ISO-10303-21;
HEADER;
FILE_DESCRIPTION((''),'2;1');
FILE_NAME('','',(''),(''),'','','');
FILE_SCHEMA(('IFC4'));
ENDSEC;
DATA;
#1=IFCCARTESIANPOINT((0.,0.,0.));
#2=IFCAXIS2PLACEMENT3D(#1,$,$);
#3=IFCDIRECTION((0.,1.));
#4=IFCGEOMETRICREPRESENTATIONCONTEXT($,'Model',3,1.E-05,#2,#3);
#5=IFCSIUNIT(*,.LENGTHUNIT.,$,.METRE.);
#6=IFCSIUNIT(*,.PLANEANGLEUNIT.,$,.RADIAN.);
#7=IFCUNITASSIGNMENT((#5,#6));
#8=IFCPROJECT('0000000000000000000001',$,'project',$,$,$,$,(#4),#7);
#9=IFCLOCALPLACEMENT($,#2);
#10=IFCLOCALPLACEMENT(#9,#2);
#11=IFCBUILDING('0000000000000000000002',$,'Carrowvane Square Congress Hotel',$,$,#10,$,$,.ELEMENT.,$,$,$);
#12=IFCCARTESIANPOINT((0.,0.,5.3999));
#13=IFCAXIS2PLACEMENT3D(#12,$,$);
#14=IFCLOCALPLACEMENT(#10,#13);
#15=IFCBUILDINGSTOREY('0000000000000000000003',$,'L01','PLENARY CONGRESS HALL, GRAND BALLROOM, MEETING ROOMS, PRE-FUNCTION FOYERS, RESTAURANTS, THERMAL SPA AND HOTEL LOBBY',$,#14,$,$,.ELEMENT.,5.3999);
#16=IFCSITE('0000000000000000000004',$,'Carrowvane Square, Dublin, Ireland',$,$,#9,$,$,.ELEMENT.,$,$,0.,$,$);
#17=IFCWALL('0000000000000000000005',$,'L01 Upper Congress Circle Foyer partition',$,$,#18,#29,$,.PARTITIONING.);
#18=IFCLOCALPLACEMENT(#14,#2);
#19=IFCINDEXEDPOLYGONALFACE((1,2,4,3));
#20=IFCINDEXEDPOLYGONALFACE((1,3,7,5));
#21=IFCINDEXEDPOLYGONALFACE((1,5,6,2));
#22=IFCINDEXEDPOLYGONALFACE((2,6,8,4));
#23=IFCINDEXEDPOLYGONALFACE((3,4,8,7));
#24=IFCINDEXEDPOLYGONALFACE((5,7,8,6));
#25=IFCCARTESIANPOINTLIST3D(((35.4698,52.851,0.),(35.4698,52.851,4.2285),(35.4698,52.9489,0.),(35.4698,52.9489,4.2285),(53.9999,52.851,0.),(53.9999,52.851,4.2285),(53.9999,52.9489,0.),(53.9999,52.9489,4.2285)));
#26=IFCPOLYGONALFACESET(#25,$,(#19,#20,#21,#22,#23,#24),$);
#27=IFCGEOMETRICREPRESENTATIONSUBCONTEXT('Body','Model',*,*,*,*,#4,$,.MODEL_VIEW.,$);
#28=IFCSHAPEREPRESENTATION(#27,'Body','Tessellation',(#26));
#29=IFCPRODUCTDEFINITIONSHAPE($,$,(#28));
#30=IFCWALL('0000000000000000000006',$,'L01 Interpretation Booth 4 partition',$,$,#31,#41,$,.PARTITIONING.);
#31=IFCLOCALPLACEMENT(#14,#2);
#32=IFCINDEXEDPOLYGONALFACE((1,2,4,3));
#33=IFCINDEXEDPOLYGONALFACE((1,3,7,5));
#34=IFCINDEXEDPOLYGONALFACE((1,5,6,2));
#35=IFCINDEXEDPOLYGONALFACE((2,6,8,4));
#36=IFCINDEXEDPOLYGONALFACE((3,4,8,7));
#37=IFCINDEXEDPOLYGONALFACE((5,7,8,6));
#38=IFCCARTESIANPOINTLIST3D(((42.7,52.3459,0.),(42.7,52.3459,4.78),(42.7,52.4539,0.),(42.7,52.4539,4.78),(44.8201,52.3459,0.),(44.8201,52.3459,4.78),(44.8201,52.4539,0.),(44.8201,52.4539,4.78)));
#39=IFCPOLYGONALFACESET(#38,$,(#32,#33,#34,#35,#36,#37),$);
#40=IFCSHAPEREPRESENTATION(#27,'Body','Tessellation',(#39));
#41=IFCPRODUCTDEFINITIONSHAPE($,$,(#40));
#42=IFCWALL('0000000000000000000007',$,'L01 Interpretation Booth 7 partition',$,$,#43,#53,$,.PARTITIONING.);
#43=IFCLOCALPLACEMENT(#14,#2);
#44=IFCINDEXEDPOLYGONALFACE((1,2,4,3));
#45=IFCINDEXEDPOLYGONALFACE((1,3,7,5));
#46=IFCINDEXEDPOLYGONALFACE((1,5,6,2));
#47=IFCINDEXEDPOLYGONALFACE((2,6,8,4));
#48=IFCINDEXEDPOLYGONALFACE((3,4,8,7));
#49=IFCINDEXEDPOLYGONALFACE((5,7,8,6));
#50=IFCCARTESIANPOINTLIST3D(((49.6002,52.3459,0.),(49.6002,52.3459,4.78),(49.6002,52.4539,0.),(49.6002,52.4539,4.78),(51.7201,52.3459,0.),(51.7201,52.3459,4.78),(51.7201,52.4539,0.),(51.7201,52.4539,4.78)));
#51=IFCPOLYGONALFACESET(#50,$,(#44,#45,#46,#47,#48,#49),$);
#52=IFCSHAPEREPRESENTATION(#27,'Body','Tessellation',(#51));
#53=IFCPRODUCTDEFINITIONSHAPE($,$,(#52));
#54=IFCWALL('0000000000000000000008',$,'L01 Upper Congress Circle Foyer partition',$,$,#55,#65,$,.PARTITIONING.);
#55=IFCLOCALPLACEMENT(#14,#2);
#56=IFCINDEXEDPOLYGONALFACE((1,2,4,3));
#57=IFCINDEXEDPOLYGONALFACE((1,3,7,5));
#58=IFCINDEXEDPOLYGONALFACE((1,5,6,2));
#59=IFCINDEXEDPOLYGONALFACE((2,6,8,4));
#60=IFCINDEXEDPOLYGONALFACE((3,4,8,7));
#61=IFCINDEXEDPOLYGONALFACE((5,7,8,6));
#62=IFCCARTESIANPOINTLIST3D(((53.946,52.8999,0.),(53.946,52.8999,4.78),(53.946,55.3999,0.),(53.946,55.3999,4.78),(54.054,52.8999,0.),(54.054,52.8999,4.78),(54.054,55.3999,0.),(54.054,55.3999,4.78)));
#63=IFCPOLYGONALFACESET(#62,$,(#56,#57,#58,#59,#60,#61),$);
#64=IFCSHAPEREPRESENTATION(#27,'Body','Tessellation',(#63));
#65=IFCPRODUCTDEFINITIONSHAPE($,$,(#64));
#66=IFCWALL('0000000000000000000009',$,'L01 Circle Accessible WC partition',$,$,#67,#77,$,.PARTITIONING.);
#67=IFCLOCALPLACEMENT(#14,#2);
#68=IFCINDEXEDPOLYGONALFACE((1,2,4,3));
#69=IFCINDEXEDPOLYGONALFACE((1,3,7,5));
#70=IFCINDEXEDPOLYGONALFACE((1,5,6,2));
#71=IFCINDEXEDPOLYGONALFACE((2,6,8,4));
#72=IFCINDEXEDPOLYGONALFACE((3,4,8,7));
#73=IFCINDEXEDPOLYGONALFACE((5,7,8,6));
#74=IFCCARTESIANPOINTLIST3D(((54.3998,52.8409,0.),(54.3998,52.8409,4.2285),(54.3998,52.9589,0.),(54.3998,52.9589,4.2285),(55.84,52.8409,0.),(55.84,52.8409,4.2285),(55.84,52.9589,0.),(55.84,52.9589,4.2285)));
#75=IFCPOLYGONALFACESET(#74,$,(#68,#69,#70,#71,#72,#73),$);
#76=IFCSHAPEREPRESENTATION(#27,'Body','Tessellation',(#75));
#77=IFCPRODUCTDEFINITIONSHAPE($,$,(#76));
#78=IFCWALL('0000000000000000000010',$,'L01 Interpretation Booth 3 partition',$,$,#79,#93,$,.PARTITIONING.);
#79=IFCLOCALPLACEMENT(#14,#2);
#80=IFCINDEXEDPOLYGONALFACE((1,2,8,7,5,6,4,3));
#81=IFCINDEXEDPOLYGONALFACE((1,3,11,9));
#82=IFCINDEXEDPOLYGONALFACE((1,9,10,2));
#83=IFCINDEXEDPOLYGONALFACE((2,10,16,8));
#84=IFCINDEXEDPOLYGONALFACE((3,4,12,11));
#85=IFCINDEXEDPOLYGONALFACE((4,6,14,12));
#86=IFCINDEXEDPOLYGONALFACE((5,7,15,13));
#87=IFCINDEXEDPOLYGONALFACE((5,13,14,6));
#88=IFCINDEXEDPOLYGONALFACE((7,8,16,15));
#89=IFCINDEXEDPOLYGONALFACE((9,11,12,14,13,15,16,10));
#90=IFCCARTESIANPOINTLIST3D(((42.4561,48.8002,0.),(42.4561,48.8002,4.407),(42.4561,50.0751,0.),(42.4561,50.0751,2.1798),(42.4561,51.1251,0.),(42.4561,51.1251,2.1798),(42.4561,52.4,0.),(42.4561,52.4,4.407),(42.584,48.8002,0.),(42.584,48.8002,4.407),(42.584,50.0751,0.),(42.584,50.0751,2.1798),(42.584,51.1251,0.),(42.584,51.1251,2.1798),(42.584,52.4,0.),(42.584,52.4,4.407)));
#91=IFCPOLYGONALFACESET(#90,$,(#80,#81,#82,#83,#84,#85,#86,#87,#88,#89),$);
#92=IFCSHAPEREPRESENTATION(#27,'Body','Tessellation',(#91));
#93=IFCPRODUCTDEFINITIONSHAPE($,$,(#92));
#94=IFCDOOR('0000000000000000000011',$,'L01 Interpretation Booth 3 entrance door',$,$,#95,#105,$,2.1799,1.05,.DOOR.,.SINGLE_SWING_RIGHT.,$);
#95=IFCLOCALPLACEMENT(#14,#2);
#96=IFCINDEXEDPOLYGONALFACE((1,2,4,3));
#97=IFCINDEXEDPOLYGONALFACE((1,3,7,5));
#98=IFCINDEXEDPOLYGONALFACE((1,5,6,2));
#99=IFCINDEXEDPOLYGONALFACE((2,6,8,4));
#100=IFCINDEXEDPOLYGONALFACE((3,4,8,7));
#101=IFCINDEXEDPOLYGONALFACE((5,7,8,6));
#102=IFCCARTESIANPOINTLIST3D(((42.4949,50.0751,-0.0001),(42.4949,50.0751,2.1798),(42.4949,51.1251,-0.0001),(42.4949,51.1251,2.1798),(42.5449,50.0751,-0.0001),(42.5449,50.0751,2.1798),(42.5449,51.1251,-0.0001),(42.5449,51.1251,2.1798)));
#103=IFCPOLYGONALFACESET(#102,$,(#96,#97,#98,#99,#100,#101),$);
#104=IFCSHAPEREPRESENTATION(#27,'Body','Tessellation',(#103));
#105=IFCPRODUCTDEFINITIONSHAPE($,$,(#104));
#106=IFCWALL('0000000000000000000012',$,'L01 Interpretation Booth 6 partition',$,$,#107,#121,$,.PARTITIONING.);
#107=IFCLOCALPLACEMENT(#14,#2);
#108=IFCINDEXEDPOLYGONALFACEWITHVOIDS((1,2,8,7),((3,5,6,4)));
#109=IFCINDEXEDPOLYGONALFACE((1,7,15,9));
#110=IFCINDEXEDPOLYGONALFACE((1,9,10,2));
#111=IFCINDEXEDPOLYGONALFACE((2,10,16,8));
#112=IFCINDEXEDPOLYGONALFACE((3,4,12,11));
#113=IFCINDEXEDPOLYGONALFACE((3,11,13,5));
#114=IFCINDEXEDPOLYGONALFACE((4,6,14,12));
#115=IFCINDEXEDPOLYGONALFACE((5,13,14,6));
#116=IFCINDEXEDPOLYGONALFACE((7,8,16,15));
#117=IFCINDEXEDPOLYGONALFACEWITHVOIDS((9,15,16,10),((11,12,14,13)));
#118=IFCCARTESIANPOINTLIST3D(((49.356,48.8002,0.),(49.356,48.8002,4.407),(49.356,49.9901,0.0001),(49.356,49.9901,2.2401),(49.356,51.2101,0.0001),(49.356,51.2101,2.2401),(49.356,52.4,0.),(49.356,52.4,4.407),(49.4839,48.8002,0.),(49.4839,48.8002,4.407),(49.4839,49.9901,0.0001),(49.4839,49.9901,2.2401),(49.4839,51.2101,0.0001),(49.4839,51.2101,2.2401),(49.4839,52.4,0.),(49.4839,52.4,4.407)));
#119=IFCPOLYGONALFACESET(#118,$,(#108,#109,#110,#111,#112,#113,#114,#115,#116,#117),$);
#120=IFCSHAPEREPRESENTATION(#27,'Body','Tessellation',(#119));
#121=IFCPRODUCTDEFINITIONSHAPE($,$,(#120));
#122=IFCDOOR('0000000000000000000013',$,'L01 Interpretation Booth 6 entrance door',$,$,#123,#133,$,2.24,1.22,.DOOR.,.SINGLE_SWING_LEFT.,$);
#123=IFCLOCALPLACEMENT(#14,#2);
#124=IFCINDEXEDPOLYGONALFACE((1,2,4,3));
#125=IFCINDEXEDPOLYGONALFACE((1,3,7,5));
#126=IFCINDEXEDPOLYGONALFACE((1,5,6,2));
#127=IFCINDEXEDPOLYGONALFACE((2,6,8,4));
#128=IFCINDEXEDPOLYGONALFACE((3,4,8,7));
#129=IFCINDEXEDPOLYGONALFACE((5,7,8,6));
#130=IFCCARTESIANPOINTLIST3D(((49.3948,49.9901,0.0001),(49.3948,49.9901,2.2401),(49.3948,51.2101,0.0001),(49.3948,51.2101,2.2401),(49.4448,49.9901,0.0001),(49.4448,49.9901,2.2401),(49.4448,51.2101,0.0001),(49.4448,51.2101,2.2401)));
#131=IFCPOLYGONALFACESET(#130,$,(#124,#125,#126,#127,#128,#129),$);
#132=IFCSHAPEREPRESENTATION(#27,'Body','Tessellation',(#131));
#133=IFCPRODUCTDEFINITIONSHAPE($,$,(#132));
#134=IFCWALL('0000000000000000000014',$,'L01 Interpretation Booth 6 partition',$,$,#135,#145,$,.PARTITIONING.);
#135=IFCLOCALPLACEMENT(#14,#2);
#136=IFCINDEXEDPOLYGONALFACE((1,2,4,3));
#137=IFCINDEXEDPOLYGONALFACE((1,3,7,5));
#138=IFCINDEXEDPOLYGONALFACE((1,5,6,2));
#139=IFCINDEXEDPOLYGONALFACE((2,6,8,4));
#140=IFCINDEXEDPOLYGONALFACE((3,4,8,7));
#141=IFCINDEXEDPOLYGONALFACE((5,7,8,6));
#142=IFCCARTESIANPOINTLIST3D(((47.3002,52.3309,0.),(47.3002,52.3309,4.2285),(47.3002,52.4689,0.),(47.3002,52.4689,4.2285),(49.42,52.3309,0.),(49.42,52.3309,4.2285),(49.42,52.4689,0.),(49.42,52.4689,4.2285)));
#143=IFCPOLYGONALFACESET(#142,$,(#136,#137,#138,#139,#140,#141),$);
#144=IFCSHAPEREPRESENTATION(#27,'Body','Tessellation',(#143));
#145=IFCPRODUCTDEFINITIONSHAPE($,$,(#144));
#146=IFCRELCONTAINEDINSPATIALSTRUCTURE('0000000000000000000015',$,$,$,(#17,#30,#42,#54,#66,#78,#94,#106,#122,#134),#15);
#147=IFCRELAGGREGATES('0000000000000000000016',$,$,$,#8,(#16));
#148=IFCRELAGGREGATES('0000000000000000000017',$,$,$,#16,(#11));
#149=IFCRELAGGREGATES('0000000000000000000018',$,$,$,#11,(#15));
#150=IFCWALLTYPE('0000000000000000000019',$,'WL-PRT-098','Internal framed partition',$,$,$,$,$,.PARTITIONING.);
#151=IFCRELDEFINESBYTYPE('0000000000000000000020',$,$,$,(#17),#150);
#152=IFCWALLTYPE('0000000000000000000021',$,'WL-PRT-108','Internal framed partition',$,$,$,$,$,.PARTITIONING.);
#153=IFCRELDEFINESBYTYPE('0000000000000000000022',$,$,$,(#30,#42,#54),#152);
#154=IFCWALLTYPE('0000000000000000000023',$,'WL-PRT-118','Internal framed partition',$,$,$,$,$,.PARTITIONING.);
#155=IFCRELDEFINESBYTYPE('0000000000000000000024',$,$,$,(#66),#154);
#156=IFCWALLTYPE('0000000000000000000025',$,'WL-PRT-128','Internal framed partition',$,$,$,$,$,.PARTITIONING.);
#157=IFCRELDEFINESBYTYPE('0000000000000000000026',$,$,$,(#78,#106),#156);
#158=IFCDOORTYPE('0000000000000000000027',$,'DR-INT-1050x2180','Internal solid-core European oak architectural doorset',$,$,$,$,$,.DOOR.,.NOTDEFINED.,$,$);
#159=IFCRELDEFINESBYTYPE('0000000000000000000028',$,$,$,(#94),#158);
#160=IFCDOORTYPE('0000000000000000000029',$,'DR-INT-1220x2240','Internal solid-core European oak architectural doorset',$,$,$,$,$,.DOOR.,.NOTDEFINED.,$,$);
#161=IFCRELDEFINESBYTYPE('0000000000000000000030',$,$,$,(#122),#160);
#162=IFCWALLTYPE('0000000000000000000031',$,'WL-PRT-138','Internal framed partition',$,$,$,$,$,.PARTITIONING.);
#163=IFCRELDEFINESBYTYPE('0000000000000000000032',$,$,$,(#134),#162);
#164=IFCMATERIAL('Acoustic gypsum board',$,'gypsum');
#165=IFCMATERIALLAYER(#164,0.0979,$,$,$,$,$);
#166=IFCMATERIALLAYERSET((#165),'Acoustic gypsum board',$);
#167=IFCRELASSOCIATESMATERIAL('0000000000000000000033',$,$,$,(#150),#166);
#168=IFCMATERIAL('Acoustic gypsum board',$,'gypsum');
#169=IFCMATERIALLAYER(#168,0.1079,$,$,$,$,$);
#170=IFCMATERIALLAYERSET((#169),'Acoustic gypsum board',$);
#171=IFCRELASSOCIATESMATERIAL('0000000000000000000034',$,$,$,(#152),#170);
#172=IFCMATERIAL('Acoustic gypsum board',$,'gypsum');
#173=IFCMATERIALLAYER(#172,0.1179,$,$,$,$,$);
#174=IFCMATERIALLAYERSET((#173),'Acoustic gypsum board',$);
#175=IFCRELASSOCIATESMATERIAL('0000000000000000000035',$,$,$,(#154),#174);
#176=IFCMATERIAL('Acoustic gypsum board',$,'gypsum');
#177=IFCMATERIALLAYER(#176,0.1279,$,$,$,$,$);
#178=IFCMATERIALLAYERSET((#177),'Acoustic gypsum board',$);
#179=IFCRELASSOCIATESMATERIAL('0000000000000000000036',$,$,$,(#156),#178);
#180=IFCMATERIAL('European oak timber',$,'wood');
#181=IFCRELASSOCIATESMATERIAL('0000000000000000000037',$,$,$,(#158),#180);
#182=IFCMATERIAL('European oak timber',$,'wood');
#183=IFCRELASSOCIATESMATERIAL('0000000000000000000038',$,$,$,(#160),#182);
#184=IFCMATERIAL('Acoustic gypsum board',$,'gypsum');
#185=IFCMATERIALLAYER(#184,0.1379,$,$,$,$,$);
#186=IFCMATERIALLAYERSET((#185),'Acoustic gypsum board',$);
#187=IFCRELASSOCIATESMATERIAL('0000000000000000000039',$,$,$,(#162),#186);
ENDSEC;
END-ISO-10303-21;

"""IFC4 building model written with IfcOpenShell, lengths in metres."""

from ifc_helpers import new_model, si_unit, direction, frame, frame_2d, origin, place, context, subcontext, project, spatial, rectangle, extrude, material, layer, layer_set, type_object, element, fill, save


model = new_model("IFC4")

# Units and contexts
model_context = context("Model", 3, precision=1e-05, world=origin(), true_north=direction((0.0, 1.0)))
body_context = subcontext(model_context, "Body", "Model", "MODEL_VIEW")
ifc_project = project(units=[si_unit("LENGTHUNIT", "METRE"), si_unit("PLANEANGLEUNIT", "RADIAN")], contexts=[model_context])

# Site, building, storey
site_placement = place(None, origin())
site = spatial("IfcSite", under=ifc_project, at=site_placement, Name="Carrowvane Square, Dublin, Ireland", CompositionType="ELEMENT", RefElevation=0.0)
building_placement = place(site_placement, origin())
building = spatial("IfcBuilding", under=site, at=building_placement, Name="Carrowvane Square Congress Hotel", CompositionType="ELEMENT")
storey_placement = place(building_placement, frame((0.0, 0.0, 5.3999)))
storey = spatial("IfcBuildingStorey", under=building, at=storey_placement, Name="L01", Description="PLENARY CONGRESS HALL, GRAND BALLROOM, MEETING ROOMS, PRE-FUNCTION FOYERS, RESTAURANTS, THERMAL SPA AND HOTEL LOBBY", CompositionType="ELEMENT", Elevation=5.3999)

# Shared definitions
ifc_material_1 = material(Name="Acoustic gypsum board", Category="gypsum")
ifc_layer_1 = layer(ifc_material_1, 0.0979)
ifc_layer_set_1 = layer_set([ifc_layer_1], Name="Acoustic gypsum board")
wall_type_1 = type_object("IfcWallType", Name="WL-PRT-098", Description="Internal framed partition", PredefinedType="PARTITIONING", material=ifc_layer_set_1)

# Walls
wall_1_placement = place(storey_placement, frame((54.0, 52.8999, 0.0), z_axis=(0.0, 0.0, 1.0), x_axis=(-1.0, 0.0, 0.0)))
element("IfcWall", 1, at=wall_1_placement, inside=storey, type_object=wall_type_1, Name="L01 Upper Congress Circle Foyer partition", PredefinedType="PARTITIONING", context=body_context, shape_type="SweptSolid", body=[
    extrude(rectangle(XDim=18.53, YDim=0.0979, at=frame_2d((9.2651, 0.0))), origin(), (0.0, 0.0, 1.0), 4.2285),
])
ifc_material_2 = material(Name="Acoustic gypsum board", Category="gypsum")
ifc_layer_2 = layer(ifc_material_2, 0.1079)
ifc_layer_set_2 = layer_set([ifc_layer_2], Name="Acoustic gypsum board")
wall_type_2 = type_object("IfcWallType", Name="WL-PRT-108", Description="Internal framed partition", PredefinedType="PARTITIONING", material=ifc_layer_set_2)
wall_2_placement = place(storey_placement, frame((42.7, 52.3999, 0.0), z_axis=(0.0, 0.0, 1.0), x_axis=(1.0, 0.0, 0.0)))
element("IfcWall", 2, at=wall_2_placement, inside=storey, type_object=wall_type_2, Name="L01 Interpretation Booth 4 partition", PredefinedType="PARTITIONING", context=body_context, shape_type="SweptSolid", body=[
    extrude(rectangle(XDim=2.1201, YDim=0.1079, at=frame_2d((1.0601, 0.0))), origin(), (0.0, 0.0, 1.0), 4.78),
])
wall_3_placement = place(storey_placement, frame((49.6001, 52.3999, 0.0), z_axis=(0.0, 0.0, 1.0), x_axis=(1.0, 0.0, 0.0)))
element("IfcWall", 3, at=wall_3_placement, inside=storey, type_object=wall_type_2, Name="L01 Interpretation Booth 7 partition", PredefinedType="PARTITIONING", context=body_context, shape_type="SweptSolid", body=[
    extrude(rectangle(XDim=2.1199, YDim=0.1079, at=frame_2d((1.0601, 0.0))), origin(), (0.0, 0.0, 1.0), 4.78),
])
wall_4_placement = place(storey_placement, frame((54.0, 55.3999, 0.0), z_axis=(0.0, 0.0, 1.0), x_axis=(0.0, -1.0, 0.0)))
element("IfcWall", 4, at=wall_4_placement, inside=storey, type_object=wall_type_2, Name="L01 Upper Congress Circle Foyer partition", PredefinedType="PARTITIONING", context=body_context, shape_type="SweptSolid", body=[
    extrude(rectangle(XDim=2.5, YDim=0.1079, at=frame_2d((1.25, 0.0))), origin(), (0.0, 0.0, 1.0), 4.78),
])
ifc_material_3 = material(Name="Acoustic gypsum board", Category="gypsum")
ifc_layer_3 = layer(ifc_material_3, 0.1179)
ifc_layer_set_3 = layer_set([ifc_layer_3], Name="Acoustic gypsum board")
wall_type_3 = type_object("IfcWallType", Name="WL-PRT-118", Description="Internal framed partition", PredefinedType="PARTITIONING", material=ifc_layer_set_3)
wall_5_placement = place(storey_placement, frame((55.8401, 52.8999, 0.0), z_axis=(0.0, 0.0, 1.0), x_axis=(-1.0, 0.0, 0.0)))
element("IfcWall", 5, at=wall_5_placement, inside=storey, type_object=wall_type_3, Name="L01 Circle Accessible WC partition", PredefinedType="PARTITIONING", context=body_context, shape_type="SweptSolid", body=[
    extrude(rectangle(XDim=1.4402, YDim=0.1179, at=frame_2d((0.7202, 0.0))), origin(), (0.0, 0.0, 1.0), 4.2285),
])

# Walls, openings, doors
ifc_material_4 = material(Name="Acoustic gypsum board", Category="gypsum")
ifc_layer_4 = layer(ifc_material_4, 0.1279)
ifc_layer_set_4 = layer_set([ifc_layer_4], Name="Acoustic gypsum board")
wall_type_4 = type_object("IfcWallType", Name="WL-PRT-128", Description="Internal framed partition", PredefinedType="PARTITIONING", material=ifc_layer_set_4)
wall_6_placement = place(storey_placement, frame((42.52, 52.3999, 0.0), z_axis=(0.0, 0.0, 1.0), x_axis=(0.0, -1.0, 0.0)))
wall_6 = element("IfcWall", 6, at=wall_6_placement, inside=storey, type_object=wall_type_4, Name="L01 Interpretation Booth 3 partition", PredefinedType="PARTITIONING", context=body_context, shape_type="SweptSolid", body=[
    extrude(rectangle(XDim=3.5999, YDim=0.1279, at=frame_2d((1.7998, 0.0))), origin(), (0.0, 0.0, 1.0), 4.407),
])
opening_1_placement = place(wall_6_placement, frame((1.2749, 0.0, 0.0)))
opening_1 = element("IfcOpeningElement", 7, at=opening_1_placement, cuts=wall_6, PredefinedType="OPENING", context=body_context, shape_type="SweptSolid", body=[
    extrude(rectangle(XDim=1.05, YDim=2.1799, at=frame_2d((0.5249, 1.0898))), frame((0.0, 0.074, 0.0), z_axis=(0.0, -1.0, 0.0), x_axis=(1.0, 0.0, 0.0)), (0.0, 0.0, 1.0), 0.1479),
])
ifc_material_5 = material(Name="European oak timber", Category="wood")
door_type_1 = type_object("IfcDoorType", Name="DR-INT-1050x2180", Description="Internal solid-core European oak architectural doorset", OperationType="NOTDEFINED", PredefinedType="DOOR", material=ifc_material_5)
door_1_placement = place(opening_1_placement, origin())
door_1 = element("IfcDoor", 8, at=door_1_placement, inside=storey, type_object=door_type_1, Name="L01 Interpretation Booth 3 entrance door", OperationType="SINGLE_SWING_RIGHT", OverallHeight=2.1799, OverallWidth=1.05, PredefinedType="DOOR", context=body_context, shape_type="SweptSolid", body=[
    extrude(rectangle(XDim=1.05, YDim=2.1799, at=frame_2d((0.5249, 1.0898))), frame((0.0, 0.0249, 0.0), z_axis=(0.0, -1.0, 0.0), x_axis=(1.0, 0.0, 0.0)), (0.0, 0.0, 1.0), 0.05),
])
fill(opening_1, door_1)
wall_7_placement = place(storey_placement, frame((49.4199, 52.3999, 0.0), z_axis=(0.0, 0.0, 1.0), x_axis=(0.0, -1.0, 0.0)))
wall_7 = element("IfcWall", 9, at=wall_7_placement, inside=storey, type_object=wall_type_4, Name="L01 Interpretation Booth 6 partition", PredefinedType="PARTITIONING", context=body_context, shape_type="SweptSolid", body=[
    extrude(rectangle(XDim=3.5999, YDim=0.1279, at=frame_2d((1.7998, 0.0))), origin(), (0.0, 0.0, 1.0), 4.407),
])
opening_2_placement = place(wall_7_placement, frame((1.1899, 0.0, 0.0)))
opening_2 = element("IfcOpeningElement", 10, at=opening_2_placement, cuts=wall_7, PredefinedType="OPENING", context=body_context, shape_type="SweptSolid", body=[
    extrude(rectangle(XDim=1.22, YDim=2.24, at=frame_2d((0.6099, 1.1201))), frame((0.0, 0.074, 0.0), z_axis=(0.0, -1.0, 0.0), x_axis=(1.0, 0.0, 0.0)), (0.0, 0.0, 1.0), 0.1479),
])
ifc_material_6 = material(Name="European oak timber", Category="wood")
door_type_2 = type_object("IfcDoorType", Name="DR-INT-1220x2240", Description="Internal solid-core European oak architectural doorset", OperationType="NOTDEFINED", PredefinedType="DOOR", material=ifc_material_6)
door_2_placement = place(opening_2_placement, origin())
door_2 = element("IfcDoor", 11, at=door_2_placement, inside=storey, type_object=door_type_2, Name="L01 Interpretation Booth 6 entrance door", OperationType="SINGLE_SWING_LEFT", OverallHeight=2.24, OverallWidth=1.22, PredefinedType="DOOR", context=body_context, shape_type="SweptSolid", body=[
    extrude(rectangle(XDim=1.22, YDim=2.24, at=frame_2d((0.6099, 1.1201))), frame((0.0, 0.0249, 0.0), z_axis=(0.0, -1.0, 0.0), x_axis=(1.0, 0.0, 0.0)), (0.0, 0.0, 1.0), 0.05),
])
fill(opening_2, door_2)

# Wall
ifc_material_7 = material(Name="Acoustic gypsum board", Category="gypsum")
ifc_layer_5 = layer(ifc_material_7, 0.1379)
ifc_layer_set_5 = layer_set([ifc_layer_5], Name="Acoustic gypsum board")
wall_type_5 = type_object("IfcWallType", Name="WL-PRT-138", Description="Internal framed partition", PredefinedType="PARTITIONING", material=ifc_layer_set_5)
wall_8_placement = place(storey_placement, frame((47.3, 52.3999, 0.0), z_axis=(0.0, 0.0, 1.0), x_axis=(1.0, 0.0, 0.0)))
element("IfcWall", 12, at=wall_8_placement, inside=storey, type_object=wall_type_5, Name="L01 Interpretation Booth 6 partition", PredefinedType="PARTITIONING", context=body_context, shape_type="SweptSolid", body=[
    extrude(rectangle(XDim=2.1199, YDim=0.1379, at=frame_2d((1.0601, 0.0))), origin(), (0.0, 0.0, 1.0), 4.2285),
])

save(model, "model.ifc")
